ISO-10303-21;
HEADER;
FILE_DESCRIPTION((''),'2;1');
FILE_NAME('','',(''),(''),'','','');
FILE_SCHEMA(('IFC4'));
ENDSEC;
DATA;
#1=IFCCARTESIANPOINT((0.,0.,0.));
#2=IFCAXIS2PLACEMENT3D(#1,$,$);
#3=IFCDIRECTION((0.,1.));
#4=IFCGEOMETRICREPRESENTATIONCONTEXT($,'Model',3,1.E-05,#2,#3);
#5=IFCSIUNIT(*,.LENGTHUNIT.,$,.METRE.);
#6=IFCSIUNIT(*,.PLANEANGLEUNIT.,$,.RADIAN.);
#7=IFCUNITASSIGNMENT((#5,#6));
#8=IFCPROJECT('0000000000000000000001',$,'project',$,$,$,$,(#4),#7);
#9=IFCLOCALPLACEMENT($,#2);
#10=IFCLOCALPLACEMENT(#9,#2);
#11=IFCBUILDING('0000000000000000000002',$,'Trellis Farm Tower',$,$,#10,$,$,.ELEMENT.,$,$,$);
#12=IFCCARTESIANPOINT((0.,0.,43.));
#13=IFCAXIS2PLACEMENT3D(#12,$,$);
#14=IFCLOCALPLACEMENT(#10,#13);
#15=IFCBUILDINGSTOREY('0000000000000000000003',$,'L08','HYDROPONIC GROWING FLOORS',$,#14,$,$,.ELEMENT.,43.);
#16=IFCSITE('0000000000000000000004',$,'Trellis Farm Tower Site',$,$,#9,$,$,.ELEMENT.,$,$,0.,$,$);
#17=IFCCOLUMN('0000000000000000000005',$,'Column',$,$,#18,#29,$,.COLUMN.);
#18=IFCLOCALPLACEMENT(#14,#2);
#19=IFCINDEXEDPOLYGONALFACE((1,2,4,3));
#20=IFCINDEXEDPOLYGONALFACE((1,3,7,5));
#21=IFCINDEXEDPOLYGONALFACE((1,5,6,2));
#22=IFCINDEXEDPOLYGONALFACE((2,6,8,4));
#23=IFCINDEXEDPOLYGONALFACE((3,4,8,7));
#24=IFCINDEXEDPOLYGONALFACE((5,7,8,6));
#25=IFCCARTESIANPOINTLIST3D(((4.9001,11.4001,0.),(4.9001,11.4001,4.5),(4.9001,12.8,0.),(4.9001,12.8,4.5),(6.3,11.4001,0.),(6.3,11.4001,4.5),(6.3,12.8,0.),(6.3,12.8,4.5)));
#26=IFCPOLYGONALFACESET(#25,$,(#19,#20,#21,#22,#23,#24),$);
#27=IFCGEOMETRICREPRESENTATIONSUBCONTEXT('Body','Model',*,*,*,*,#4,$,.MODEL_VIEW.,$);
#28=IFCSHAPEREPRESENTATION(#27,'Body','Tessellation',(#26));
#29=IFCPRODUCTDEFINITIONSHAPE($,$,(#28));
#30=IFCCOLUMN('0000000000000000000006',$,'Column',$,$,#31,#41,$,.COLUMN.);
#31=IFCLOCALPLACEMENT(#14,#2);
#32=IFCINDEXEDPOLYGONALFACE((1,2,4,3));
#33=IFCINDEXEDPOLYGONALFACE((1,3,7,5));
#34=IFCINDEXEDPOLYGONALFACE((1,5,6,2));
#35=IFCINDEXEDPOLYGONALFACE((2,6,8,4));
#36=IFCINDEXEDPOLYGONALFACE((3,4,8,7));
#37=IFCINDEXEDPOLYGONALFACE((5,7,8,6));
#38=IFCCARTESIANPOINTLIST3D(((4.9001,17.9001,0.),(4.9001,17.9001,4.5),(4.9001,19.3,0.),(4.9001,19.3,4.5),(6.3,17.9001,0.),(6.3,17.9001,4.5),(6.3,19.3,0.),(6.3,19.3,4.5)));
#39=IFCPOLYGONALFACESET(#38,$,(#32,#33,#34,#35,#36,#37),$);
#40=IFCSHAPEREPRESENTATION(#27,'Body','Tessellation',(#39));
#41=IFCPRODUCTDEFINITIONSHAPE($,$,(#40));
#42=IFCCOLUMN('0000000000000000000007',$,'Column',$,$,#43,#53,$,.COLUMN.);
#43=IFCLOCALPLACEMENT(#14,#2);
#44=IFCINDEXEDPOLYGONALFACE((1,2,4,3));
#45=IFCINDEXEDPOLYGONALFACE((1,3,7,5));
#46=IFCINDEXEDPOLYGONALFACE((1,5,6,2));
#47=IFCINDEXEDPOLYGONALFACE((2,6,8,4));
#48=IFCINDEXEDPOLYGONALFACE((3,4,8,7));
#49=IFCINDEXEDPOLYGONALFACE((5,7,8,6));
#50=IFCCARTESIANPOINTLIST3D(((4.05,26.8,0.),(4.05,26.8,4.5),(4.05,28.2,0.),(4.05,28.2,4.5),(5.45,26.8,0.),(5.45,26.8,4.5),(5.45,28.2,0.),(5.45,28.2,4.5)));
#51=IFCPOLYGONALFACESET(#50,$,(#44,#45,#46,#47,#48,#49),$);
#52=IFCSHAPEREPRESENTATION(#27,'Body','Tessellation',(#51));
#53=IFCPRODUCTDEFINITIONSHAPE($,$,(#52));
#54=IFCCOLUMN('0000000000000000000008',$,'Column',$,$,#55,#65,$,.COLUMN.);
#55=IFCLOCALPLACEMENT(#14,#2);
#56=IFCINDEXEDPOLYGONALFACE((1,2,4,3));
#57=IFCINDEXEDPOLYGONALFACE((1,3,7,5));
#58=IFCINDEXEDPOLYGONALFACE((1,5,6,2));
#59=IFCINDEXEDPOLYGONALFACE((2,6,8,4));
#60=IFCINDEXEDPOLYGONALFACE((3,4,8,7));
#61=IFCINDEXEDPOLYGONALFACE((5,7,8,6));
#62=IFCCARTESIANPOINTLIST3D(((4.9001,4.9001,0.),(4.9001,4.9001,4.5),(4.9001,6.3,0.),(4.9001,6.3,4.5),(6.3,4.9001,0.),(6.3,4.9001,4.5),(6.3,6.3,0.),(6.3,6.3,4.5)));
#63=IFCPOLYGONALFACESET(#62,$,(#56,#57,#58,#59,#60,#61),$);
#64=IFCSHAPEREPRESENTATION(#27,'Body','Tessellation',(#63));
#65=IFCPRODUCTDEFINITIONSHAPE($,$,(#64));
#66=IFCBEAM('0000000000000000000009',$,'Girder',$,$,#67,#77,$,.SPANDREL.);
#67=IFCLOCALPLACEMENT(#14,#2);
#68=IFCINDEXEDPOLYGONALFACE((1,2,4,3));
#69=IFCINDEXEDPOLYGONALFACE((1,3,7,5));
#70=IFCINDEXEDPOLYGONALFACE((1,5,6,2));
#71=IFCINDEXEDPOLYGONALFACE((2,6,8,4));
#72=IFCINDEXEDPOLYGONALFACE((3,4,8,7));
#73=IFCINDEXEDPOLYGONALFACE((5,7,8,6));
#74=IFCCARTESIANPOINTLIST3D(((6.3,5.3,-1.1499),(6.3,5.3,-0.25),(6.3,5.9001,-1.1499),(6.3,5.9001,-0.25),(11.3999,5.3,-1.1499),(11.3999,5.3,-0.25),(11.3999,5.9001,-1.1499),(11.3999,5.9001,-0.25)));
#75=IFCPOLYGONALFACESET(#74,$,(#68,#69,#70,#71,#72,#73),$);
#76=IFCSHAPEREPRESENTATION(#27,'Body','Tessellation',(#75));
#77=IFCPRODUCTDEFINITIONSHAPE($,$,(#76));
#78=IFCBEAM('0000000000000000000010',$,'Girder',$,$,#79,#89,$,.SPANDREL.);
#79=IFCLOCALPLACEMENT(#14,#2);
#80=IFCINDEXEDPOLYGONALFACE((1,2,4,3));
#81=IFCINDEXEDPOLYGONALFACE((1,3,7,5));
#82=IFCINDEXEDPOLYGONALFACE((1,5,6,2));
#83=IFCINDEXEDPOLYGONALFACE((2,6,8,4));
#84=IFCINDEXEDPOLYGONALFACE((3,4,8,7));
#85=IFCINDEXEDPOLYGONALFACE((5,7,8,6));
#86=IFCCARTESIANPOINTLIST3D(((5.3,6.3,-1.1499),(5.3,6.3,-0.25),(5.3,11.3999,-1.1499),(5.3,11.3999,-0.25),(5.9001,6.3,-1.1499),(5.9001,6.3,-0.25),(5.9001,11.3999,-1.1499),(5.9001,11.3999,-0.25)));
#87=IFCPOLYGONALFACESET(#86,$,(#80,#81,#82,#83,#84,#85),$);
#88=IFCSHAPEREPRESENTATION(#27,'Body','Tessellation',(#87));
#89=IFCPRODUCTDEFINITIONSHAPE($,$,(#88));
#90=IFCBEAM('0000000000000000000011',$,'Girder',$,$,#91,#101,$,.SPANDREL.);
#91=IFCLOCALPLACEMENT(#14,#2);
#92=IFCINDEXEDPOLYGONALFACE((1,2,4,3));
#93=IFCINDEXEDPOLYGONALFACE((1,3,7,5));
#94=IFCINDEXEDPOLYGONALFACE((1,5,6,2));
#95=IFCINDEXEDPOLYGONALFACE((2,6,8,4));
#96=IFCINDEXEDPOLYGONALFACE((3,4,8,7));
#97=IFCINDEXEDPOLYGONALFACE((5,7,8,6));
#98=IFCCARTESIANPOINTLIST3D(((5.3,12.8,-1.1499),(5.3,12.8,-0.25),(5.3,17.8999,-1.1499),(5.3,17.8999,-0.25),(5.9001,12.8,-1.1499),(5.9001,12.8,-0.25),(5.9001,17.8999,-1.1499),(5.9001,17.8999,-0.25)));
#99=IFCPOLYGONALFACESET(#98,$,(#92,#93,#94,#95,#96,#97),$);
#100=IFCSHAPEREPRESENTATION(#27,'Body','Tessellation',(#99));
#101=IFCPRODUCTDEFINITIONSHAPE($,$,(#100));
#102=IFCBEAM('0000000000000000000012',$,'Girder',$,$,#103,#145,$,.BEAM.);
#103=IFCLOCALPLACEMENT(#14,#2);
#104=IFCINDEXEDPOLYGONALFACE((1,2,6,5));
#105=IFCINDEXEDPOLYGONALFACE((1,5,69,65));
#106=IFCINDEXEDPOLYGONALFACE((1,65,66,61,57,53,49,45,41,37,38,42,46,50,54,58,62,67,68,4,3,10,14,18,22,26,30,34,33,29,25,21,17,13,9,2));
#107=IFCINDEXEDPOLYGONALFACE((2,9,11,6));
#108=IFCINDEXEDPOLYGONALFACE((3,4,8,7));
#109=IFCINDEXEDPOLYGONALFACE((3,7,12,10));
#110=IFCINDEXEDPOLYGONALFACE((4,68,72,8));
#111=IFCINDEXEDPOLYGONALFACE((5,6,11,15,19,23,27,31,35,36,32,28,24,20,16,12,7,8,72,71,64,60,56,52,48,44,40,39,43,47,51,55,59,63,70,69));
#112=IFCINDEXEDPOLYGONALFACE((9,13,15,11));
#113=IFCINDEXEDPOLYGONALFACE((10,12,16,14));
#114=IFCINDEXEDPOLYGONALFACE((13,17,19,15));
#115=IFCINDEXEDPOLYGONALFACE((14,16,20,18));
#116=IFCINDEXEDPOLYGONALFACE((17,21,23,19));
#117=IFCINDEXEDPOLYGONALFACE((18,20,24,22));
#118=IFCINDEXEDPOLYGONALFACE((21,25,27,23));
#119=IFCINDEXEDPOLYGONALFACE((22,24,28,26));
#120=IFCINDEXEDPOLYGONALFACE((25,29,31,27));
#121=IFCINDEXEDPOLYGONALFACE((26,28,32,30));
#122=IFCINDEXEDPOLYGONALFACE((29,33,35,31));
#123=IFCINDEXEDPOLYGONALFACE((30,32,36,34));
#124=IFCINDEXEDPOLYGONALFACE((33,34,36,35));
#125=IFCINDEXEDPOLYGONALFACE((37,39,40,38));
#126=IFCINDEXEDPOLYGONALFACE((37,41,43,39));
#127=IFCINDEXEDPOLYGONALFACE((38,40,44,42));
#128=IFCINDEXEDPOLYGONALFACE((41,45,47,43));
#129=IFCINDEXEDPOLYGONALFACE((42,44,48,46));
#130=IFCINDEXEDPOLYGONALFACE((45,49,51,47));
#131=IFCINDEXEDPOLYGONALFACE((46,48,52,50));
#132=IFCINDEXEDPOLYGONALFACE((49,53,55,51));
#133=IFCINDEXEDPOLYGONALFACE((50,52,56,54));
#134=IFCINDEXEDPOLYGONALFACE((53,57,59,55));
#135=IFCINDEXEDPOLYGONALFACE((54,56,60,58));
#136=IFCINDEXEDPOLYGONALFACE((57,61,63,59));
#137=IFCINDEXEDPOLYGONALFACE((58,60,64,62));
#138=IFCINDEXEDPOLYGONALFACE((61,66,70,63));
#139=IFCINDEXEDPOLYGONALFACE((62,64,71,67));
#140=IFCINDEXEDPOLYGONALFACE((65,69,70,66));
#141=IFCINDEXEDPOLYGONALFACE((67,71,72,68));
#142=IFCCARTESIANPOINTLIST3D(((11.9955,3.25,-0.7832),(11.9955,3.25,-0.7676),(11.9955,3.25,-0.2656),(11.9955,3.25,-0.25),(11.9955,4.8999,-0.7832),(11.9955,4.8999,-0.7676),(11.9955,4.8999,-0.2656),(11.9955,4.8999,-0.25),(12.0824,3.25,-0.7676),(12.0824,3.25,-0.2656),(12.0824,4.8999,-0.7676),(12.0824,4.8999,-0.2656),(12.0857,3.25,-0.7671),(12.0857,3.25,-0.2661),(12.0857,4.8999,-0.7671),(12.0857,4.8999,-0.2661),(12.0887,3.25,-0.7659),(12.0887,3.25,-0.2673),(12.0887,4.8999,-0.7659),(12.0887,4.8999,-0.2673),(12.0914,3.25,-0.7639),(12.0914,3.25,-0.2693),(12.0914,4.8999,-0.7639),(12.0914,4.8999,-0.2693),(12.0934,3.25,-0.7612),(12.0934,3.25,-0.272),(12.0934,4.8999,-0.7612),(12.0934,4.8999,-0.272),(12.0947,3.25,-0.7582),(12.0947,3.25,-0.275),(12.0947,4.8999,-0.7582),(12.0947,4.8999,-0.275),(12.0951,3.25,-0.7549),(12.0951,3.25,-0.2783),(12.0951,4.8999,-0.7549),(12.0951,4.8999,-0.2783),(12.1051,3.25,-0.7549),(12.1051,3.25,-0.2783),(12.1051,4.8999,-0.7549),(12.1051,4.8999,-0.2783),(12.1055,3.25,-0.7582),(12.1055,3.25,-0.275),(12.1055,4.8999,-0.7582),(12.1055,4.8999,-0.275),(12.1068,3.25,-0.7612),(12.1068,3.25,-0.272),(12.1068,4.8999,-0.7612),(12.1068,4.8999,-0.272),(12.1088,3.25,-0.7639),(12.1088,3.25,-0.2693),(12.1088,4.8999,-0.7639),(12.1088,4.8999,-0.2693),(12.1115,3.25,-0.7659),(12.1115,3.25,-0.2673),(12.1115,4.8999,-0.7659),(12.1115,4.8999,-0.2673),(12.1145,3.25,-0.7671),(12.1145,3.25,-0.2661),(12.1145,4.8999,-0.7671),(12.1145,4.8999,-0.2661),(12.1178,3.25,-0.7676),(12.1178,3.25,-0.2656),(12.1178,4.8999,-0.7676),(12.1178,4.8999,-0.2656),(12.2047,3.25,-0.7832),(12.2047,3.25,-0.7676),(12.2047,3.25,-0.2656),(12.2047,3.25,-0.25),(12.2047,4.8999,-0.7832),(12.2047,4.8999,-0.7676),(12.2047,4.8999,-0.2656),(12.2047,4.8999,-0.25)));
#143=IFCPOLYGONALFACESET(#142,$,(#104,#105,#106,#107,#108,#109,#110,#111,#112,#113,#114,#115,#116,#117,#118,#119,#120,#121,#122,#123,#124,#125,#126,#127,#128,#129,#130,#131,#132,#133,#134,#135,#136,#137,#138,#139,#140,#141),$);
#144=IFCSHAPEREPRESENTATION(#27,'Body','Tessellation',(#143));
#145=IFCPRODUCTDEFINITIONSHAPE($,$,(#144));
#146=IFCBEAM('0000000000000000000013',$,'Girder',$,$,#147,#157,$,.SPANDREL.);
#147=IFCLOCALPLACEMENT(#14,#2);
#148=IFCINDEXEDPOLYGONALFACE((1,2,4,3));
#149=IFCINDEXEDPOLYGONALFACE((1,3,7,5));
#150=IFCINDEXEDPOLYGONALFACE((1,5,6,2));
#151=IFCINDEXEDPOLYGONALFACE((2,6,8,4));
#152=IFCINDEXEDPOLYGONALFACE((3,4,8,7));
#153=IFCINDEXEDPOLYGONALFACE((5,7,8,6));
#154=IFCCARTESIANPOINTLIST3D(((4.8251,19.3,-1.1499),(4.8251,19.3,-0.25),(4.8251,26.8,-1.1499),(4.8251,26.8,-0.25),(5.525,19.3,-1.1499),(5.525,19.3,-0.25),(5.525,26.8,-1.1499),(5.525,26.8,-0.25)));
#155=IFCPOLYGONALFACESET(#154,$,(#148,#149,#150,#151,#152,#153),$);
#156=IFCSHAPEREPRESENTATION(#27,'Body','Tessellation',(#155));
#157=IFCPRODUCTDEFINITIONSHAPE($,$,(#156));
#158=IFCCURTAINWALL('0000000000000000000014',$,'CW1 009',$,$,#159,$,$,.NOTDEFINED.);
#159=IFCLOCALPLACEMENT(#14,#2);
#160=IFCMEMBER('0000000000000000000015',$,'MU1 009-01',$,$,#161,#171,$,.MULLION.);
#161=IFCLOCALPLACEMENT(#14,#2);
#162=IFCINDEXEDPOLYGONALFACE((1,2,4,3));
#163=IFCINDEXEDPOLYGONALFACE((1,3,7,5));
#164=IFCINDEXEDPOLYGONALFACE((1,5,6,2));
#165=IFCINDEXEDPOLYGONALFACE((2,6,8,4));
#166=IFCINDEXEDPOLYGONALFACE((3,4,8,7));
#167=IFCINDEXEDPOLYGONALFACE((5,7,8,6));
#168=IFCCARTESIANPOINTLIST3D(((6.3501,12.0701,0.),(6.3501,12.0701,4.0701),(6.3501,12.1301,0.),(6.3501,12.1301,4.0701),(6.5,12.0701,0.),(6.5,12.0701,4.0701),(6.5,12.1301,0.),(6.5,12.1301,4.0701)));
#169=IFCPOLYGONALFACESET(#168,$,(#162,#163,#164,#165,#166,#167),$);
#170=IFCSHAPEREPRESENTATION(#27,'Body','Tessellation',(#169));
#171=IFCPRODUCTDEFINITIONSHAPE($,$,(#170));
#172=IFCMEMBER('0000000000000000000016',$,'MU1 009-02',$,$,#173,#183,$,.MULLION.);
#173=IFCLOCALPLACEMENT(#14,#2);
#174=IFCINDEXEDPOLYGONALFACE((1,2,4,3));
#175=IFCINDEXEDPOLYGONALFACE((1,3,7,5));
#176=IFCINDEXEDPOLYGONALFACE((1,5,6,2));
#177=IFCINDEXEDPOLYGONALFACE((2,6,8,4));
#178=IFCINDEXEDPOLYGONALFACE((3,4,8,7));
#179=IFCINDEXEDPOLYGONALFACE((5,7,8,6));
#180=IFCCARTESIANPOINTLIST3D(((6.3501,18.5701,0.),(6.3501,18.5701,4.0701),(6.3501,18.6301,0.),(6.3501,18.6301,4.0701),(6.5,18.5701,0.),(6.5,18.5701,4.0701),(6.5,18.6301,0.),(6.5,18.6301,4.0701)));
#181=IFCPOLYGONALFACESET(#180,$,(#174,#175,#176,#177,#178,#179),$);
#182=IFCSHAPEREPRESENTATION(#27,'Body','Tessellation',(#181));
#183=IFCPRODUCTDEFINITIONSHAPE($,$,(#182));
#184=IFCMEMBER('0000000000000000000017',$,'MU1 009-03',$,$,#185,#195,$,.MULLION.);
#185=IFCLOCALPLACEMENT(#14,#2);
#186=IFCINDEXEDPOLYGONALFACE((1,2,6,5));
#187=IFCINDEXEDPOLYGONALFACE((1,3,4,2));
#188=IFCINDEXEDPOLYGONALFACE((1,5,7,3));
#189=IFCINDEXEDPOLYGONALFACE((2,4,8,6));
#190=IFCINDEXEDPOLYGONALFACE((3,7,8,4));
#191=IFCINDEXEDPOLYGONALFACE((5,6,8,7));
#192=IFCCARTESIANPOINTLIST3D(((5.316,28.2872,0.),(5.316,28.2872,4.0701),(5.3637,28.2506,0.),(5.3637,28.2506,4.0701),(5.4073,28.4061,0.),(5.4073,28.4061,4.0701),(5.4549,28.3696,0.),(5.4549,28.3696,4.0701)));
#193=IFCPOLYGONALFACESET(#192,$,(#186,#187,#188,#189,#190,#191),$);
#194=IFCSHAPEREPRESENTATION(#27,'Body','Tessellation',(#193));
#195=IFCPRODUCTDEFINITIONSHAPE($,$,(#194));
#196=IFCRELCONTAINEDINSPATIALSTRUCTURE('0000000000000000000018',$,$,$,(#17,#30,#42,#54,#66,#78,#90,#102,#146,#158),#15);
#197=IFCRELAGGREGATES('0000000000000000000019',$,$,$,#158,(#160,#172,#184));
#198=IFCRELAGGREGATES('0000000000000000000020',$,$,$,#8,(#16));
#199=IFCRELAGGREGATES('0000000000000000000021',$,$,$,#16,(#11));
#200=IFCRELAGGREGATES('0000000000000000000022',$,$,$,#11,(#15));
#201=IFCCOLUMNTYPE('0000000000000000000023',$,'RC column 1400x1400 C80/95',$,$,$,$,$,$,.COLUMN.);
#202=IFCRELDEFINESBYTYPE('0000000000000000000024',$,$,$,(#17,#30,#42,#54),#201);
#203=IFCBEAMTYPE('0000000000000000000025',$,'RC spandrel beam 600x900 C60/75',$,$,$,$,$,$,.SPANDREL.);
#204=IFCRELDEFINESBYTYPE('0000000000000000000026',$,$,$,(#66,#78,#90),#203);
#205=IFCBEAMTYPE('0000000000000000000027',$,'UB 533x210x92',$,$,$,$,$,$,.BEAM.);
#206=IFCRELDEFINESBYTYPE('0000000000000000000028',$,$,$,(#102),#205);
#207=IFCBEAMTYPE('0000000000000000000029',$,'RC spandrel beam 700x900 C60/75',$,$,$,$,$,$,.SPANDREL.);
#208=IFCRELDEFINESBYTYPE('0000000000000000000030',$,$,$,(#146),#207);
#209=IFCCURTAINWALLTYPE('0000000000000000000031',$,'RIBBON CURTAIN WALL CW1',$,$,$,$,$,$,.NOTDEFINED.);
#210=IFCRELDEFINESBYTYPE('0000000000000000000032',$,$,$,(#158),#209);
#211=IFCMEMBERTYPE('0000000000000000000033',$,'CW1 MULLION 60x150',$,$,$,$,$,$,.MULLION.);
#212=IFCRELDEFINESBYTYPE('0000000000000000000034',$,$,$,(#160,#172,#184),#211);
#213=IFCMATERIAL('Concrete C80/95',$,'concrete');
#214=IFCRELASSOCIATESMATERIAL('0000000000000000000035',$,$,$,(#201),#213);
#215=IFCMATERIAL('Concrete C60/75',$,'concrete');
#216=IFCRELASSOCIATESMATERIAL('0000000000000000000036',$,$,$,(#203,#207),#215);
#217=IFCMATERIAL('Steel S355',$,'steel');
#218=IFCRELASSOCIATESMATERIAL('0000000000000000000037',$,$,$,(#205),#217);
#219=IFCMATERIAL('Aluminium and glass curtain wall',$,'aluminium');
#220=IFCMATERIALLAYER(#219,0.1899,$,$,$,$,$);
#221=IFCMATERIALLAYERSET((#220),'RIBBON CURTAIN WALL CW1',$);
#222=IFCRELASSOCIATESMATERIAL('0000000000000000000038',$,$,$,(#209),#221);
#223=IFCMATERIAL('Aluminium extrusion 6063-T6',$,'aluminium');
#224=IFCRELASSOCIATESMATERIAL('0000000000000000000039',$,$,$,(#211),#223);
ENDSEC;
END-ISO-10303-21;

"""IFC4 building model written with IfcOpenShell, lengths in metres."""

from ifc_helpers import new_model, si_unit, direction, frame, origin, origin_2d, place, context, subcontext, project, spatial, rectangle, i_section, extrude, source, transform, mapped, material, layer, layer_set, material_profile, profile_set, type_object, element, aggregate, save


model = new_model("IFC4")

# Units and contexts
model_context = context("Model", 3, precision=1e-05, world=origin(), true_north=direction((0.0, 1.0)))
body_context = subcontext(model_context, "Body", "Model", "MODEL_VIEW")
ifc_project = project(units=[si_unit("LENGTHUNIT", "METRE"), si_unit("PLANEANGLEUNIT", "RADIAN")], contexts=[model_context])

# Site, building, storey
site_placement = place(None, origin())
site = spatial("IfcSite", under=ifc_project, at=site_placement, Name="Trellis Farm Tower Site", CompositionType="ELEMENT", RefElevation=0.0)
building_placement = place(site_placement, origin())
building = spatial("IfcBuilding", under=site, at=building_placement, Name="Trellis Farm Tower", CompositionType="ELEMENT")
storey_placement = place(building_placement, frame((0.0, 0.0, 43.0)))
storey = spatial("IfcBuildingStorey", under=building, at=storey_placement, Name="L08", Description="HYDROPONIC GROWING FLOORS", CompositionType="ELEMENT", Elevation=43.0)

# Columns
ifc_material_1 = material(Name="Concrete C80/95", Category="concrete")
ifc_material_profile_1 = material_profile(ifc_material_1, rectangle(XDim=1.3999, YDim=1.3999, at=origin_2d()), Name="RC column 1400x1400 C80/95")
ifc_profile_set_1 = profile_set([ifc_material_profile_1], Name="Concrete C80/95")
column_type = type_object("IfcColumnType", Name="RC column 1400x1400 C80/95", PredefinedType="COLUMN", material=ifc_profile_set_1)
shared_shape_1 = source(origin(), body_context, "Body", "SweptSolid", [
    extrude(rectangle(XDim=1.3999, YDim=1.3999, at=origin_2d()), origin(), (0.0, 0.0, 1.0), 4.5),
])
for number, where, z_axis, x_axis, name in (
    (1, (5.6001, 12.1001, 0.0), (0.0, 0.0, 1.0), (1.0, 0.0, 0.0), "Column"),
    (2, (5.6001, 18.6001, 0.0), (0.0, 0.0, 1.0), (1.0, 0.0, 0.0), "Column"),
    (3, (4.75, 27.5, 0.0), (0.0, 0.0, 1.0), (1.0, 0.0, 0.0), "Column"),
    (4, (5.6001, 5.6001, 0.0), (0.0, 0.0, 1.0), (1.0, 0.0, 0.0), "Column"),
):
    element("IfcColumn", number, at=place(storey_placement, frame(where, z_axis=z_axis, x_axis=x_axis)), inside=storey, type_object=column_type, Name=name, PredefinedType="COLUMN", context=body_context, shape_type="MappedRepresentation", body=[
        mapped(shared_shape_1, transform((0.0, 0.0, 0.0))),
    ])

# Beams
ifc_material_2 = material(Name="Concrete C60/75", Category="concrete")
ifc_material_profile_2 = material_profile(ifc_material_2, rectangle(XDim=0.6001, YDim=0.8999, at=origin_2d()), Name="RC spandrel beam 600x900 C60/75")
ifc_profile_set_2 = profile_set([ifc_material_profile_2], Name="Concrete C60/75")
beam_type_1 = type_object("IfcBeamType", Name="RC spandrel beam 600x900 C60/75", PredefinedType="SPANDREL", material=ifc_profile_set_2)
shared_shape_2 = source(origin(), body_context, "Body", "SweptSolid", [
    extrude(rectangle(XDim=0.6001, YDim=0.8999, at=origin_2d()), origin(), (0.0, 0.0, 1.0), 5.0999),
])
for number, where, z_axis, x_axis, name in (
    (5, (6.3, 5.6001, -0.7), (1.0, 0.0, 0.0), (0.0, 1.0, 0.0), "Girder"),
    (6, (5.6001, 6.3, -0.7), (0.0, 1.0, 0.0), (-1.0, 0.0, 0.0), "Girder"),
    (7, (5.6001, 12.8, -0.7), (0.0, 1.0, 0.0), (-1.0, 0.0, 0.0), "Girder"),
):
    element("IfcBeam", number, at=place(storey_placement, frame(where, z_axis=z_axis, x_axis=x_axis)), inside=storey, type_object=beam_type_1, Name=name, PredefinedType="SPANDREL", context=body_context, shape_type="MappedRepresentation", body=[
        mapped(shared_shape_2, transform((0.0, 0.0, 0.0))),
    ])
ifc_material_3 = material(Name="Steel S355", Category="steel")
ifc_material_profile_3 = material_profile(ifc_material_3, i_section(OverallWidth=0.2092, OverallDepth=0.5332, WebThickness=0.01, FlangeThickness=0.0156, FilletRadius=0.0127, at=origin_2d()), Name="UB 533x210x92")
ifc_profile_set_3 = profile_set([ifc_material_profile_3], Name="Steel S355")
beam_type_2 = type_object("IfcBeamType", Name="UB 533x210x92", PredefinedType="BEAM", material=ifc_profile_set_3)
shared_shape_3 = source(origin(), body_context, "Body", "SweptSolid", [
    extrude(i_section(OverallWidth=0.2092, OverallDepth=0.5332, WebThickness=0.01, FlangeThickness=0.0156, FilletRadius=0.0127, at=origin_2d()), origin(), (0.0, 0.0, 1.0), 1.6499),
])
beam_1_placement = place(storey_placement, frame((12.1001, 3.25, -0.5166), z_axis=(0.0, 1.0, 0.0), x_axis=(-1.0, 0.0, 0.0)))
element("IfcBeam", 8, at=beam_1_placement, inside=storey, type_object=beam_type_2, Name="Girder", PredefinedType="BEAM", context=body_context, shape_type="MappedRepresentation", body=[
    mapped(shared_shape_3, transform((0.0, 0.0, 0.0))),
])
ifc_material_profile_4 = material_profile(ifc_material_2, rectangle(XDim=0.7, YDim=0.8999, at=origin_2d()), Name="RC spandrel beam 700x900 C60/75")
ifc_profile_set_4 = profile_set([ifc_material_profile_4], Name="Concrete C60/75")
beam_type_3 = type_object("IfcBeamType", Name="RC spandrel beam 700x900 C60/75", PredefinedType="SPANDREL", material=ifc_profile_set_4)
shared_shape_4 = source(origin(), body_context, "Body", "SweptSolid", [
    extrude(rectangle(XDim=0.7, YDim=0.8999, at=origin_2d()), origin(), (0.0, 0.0, 1.0), 7.5),
])
beam_2_placement = place(storey_placement, frame((5.175, 19.3, -0.7), z_axis=(0.0, 1.0, 0.0), x_axis=(-1.0, 0.0, 0.0)))
element("IfcBeam", 9, at=beam_2_placement, inside=storey, type_object=beam_type_3, Name="Girder", PredefinedType="SPANDREL", context=body_context, shape_type="MappedRepresentation", body=[
    mapped(shared_shape_4, transform((0.0, 0.0, 0.0))),
])

# Curtain wall, members
ifc_material_4 = material(Name="Aluminium and glass curtain wall", Category="aluminium")
ifc_layer_1 = layer(ifc_material_4, 0.1899)
ifc_layer_set_1 = layer_set([ifc_layer_1], Name="RIBBON CURTAIN WALL CW1")
curtain_wall_type_1 = type_object("IfcCurtainWallType", Name="RIBBON CURTAIN WALL CW1", PredefinedType="NOTDEFINED", material=ifc_layer_set_1)
placement = place(storey_placement, origin())
curtain_wall_1 = element("IfcCurtainWall", 10, at=placement, inside=storey, type_object=curtain_wall_type_1, Name="CW1 009", PredefinedType="NOTDEFINED")
ifc_material_5 = material(Name="Aluminium extrusion 6063-T6", Category="aluminium")
ifc_material_profile_5 = material_profile(ifc_material_5, rectangle(XDim=0.0601, YDim=0.1499, at=origin_2d()), Name="MULLION 60x150")
ifc_profile_set_5 = profile_set([ifc_material_profile_5], Name="Aluminium extrusion 6063-T6")
member_type_1 = type_object("IfcMemberType", Name="CW1 MULLION 60x150", PredefinedType="MULLION", material=ifc_profile_set_5)
shared_shape_5 = source(origin(), body_context, "Body", "SweptSolid", [
    extrude(rectangle(XDim=0.0601, YDim=0.1499, at=origin_2d()), origin(), (0.0, 0.0, 1.0), 4.0701),
])
member_1_placement = place(storey_placement, frame((6.425, 12.1001, 0.0), z_axis=(0.0, 0.0, 1.0), x_axis=(0.0, 1.0, 0.0)))
member_1 = element("IfcMember", 11, at=member_1_placement, type_object=member_type_1, Name="MU1 009-01", PredefinedType="MULLION", context=body_context, shape_type="MappedRepresentation", body=[
    mapped(shared_shape_5, transform((0.0, 0.0, 0.0))),
])
member_2_placement = place(storey_placement, frame((6.425, 18.6001, 0.0), z_axis=(0.0, 0.0, 1.0), x_axis=(0.0, 1.0, 0.0)))
member_2 = element("IfcMember", 12, at=member_2_placement, type_object=member_type_1, Name="MU1 009-02", PredefinedType="MULLION", context=body_context, shape_type="MappedRepresentation", body=[
    mapped(shared_shape_5, transform((0.0, 0.0, 0.0))),
])
member_3_placement = place(storey_placement, frame((5.3855, 28.3284, 0.0), z_axis=(0.0, 0.0, 1.0), x_axis=(-0.793353, 0.608761, 0.0)))
member_3 = element("IfcMember", 13, at=member_3_placement, type_object=member_type_1, Name="MU1 009-03", PredefinedType="MULLION", context=body_context, shape_type="MappedRepresentation", body=[
    mapped(shared_shape_5, transform((0.0, 0.0, 0.0))),
])
aggregate(curtain_wall_1, [member_1, member_2, member_3])

save(model, "model.ifc")
